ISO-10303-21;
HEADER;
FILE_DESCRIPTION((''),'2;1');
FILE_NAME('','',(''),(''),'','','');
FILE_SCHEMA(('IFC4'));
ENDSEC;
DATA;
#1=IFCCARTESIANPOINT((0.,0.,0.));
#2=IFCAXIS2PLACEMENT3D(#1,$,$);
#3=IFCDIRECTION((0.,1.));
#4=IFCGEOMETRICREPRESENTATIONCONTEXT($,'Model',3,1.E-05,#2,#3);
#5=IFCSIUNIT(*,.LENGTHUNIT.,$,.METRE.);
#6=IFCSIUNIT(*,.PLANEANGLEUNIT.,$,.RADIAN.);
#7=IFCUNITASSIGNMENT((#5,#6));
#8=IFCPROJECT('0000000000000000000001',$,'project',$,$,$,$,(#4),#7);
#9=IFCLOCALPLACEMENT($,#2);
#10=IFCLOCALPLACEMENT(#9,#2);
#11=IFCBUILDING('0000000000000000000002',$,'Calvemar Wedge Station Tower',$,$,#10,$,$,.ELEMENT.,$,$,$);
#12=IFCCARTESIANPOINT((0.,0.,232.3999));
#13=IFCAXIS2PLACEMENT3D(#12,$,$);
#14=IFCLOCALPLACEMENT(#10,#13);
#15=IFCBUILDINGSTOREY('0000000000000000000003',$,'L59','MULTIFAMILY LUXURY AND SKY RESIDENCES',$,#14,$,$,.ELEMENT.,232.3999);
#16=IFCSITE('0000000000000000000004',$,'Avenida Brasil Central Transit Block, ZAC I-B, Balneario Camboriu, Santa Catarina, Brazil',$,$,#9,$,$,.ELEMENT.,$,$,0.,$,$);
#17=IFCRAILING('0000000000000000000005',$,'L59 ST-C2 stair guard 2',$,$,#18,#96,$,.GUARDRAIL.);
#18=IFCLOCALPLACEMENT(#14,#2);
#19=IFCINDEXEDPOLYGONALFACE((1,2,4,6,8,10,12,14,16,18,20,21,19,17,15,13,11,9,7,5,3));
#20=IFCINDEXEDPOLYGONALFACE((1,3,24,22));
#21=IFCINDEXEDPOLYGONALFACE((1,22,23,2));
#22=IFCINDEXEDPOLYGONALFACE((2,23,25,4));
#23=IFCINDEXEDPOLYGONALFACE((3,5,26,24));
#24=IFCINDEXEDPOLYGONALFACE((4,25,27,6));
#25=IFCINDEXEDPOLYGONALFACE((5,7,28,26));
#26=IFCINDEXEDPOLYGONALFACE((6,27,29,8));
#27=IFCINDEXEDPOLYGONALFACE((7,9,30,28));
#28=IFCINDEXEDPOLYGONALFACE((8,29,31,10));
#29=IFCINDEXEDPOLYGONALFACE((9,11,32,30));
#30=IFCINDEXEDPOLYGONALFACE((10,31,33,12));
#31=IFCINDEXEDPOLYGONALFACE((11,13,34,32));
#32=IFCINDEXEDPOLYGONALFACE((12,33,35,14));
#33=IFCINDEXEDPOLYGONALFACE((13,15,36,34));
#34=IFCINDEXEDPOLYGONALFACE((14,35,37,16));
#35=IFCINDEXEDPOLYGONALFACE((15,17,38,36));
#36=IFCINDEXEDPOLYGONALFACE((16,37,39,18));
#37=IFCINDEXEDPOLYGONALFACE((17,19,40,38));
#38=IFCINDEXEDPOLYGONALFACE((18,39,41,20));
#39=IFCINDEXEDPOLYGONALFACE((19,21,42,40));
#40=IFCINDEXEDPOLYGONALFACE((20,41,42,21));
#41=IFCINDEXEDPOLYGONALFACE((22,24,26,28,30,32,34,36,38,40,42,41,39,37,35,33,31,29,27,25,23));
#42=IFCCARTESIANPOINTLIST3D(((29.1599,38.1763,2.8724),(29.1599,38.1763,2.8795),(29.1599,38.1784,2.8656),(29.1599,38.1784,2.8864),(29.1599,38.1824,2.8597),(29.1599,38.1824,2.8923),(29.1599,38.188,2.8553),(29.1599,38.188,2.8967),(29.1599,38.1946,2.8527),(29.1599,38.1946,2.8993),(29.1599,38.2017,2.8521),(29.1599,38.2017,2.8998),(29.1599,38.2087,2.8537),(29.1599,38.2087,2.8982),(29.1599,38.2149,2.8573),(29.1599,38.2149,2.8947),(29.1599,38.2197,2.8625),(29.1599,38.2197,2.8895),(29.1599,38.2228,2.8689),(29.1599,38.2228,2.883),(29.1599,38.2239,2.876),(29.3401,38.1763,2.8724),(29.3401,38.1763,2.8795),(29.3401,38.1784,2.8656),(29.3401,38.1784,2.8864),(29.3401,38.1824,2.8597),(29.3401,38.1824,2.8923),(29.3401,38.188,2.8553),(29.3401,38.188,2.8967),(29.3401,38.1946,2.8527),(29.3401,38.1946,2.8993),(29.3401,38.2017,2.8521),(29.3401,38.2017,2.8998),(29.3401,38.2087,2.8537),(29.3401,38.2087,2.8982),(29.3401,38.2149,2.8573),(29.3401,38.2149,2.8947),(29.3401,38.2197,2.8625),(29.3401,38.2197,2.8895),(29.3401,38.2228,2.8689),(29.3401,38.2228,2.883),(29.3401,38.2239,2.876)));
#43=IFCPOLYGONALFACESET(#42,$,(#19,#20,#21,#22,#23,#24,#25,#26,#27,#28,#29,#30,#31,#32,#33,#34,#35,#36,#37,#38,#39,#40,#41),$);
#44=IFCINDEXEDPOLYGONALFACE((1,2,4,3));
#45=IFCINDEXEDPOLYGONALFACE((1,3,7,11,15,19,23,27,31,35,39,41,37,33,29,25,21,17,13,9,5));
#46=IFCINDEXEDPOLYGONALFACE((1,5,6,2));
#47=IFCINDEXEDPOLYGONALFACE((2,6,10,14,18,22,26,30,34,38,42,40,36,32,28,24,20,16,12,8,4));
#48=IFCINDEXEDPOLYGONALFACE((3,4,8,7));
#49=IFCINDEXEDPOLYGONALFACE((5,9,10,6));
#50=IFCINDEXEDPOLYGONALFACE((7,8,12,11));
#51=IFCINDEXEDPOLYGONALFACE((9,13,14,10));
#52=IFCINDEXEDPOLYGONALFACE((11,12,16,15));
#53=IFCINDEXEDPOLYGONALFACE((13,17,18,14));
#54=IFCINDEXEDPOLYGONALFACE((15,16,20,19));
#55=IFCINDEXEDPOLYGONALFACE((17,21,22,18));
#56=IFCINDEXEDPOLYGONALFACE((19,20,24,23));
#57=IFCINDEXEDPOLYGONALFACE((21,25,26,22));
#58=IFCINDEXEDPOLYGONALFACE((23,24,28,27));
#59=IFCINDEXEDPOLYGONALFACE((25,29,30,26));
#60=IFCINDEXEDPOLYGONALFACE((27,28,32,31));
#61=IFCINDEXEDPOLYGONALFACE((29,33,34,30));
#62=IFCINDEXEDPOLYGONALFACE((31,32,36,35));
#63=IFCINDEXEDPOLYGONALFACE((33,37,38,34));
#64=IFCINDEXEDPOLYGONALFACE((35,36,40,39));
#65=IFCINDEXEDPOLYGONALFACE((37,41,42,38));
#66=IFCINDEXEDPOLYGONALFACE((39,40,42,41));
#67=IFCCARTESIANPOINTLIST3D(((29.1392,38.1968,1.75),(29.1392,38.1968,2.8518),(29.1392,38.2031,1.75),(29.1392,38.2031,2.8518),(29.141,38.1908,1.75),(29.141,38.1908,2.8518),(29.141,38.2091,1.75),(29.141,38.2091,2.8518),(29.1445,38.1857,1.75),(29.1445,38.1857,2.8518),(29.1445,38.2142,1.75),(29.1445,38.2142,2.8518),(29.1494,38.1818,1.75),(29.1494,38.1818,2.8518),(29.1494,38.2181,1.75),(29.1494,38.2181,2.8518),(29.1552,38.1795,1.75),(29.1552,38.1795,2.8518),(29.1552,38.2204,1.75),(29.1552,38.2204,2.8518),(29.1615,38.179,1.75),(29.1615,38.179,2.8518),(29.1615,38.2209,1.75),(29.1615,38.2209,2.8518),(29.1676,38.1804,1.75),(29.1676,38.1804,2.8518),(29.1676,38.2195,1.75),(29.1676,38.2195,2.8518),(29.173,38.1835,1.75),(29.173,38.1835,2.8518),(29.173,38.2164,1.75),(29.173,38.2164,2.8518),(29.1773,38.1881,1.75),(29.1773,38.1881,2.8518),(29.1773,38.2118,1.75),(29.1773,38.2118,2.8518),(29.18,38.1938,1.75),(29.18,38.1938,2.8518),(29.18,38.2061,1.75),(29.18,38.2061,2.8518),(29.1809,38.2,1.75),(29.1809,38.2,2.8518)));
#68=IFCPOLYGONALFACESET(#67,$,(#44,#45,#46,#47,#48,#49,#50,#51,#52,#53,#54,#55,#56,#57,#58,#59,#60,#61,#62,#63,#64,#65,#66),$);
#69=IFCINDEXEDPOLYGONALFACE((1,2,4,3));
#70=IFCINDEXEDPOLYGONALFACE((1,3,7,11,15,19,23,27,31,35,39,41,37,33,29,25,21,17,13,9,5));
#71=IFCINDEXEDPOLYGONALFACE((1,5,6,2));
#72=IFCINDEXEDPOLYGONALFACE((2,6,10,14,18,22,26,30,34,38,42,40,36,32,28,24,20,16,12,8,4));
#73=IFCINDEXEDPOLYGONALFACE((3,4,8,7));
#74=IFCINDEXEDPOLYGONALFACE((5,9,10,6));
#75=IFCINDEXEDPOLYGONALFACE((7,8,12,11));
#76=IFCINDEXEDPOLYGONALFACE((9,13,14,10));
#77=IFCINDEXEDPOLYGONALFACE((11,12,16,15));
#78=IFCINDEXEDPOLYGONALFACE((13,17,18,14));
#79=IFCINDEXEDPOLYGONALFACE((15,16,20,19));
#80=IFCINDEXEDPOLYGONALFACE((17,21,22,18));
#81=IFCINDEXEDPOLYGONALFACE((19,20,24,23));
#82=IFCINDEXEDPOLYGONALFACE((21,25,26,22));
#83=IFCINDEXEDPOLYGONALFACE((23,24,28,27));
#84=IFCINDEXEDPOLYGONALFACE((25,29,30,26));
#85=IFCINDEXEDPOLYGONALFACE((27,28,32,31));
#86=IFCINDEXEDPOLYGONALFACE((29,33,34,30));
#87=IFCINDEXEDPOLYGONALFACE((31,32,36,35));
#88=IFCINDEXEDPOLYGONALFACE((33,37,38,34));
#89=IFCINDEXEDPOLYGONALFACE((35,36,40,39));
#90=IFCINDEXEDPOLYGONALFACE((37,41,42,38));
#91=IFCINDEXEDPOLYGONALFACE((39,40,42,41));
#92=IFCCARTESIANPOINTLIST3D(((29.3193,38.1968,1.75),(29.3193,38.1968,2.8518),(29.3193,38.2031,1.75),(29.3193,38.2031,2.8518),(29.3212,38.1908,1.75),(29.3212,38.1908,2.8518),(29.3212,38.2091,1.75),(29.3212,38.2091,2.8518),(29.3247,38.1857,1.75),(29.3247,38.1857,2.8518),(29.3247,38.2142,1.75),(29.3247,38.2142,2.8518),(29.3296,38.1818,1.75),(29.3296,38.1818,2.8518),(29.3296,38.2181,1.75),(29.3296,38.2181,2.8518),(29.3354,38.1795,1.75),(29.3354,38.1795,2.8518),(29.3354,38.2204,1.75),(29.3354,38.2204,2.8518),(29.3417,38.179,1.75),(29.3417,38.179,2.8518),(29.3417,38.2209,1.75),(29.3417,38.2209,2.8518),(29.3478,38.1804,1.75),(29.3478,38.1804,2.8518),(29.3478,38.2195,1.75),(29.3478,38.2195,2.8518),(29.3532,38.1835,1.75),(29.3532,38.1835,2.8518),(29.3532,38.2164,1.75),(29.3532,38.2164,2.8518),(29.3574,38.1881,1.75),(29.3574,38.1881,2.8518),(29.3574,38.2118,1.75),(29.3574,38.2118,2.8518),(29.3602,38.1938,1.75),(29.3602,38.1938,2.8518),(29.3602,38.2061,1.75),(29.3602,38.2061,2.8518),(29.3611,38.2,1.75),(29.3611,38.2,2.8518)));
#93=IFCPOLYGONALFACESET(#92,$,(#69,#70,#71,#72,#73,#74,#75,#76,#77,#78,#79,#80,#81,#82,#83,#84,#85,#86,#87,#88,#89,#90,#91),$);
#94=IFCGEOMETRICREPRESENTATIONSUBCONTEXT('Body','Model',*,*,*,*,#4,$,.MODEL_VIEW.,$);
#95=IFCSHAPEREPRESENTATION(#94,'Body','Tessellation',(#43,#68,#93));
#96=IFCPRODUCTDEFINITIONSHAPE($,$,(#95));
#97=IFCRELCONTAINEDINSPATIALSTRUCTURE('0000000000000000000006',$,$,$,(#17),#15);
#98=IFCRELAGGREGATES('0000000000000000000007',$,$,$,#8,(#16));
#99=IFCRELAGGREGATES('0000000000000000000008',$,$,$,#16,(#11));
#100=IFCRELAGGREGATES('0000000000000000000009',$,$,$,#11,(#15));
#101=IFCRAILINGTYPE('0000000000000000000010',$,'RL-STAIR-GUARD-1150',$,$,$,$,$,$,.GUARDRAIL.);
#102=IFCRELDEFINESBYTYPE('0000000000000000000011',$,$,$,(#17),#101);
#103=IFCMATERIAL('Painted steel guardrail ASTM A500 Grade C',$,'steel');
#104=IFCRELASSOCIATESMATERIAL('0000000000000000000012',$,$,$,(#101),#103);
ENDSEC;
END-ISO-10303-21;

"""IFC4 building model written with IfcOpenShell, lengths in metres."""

from ifc_helpers import new_model, si_unit, direction, frame, origin, origin_2d, place, context, subcontext, project, spatial, circle, extrude, material, type_object, element, save


model = new_model("IFC4")

# Units and contexts
model_context = context("Model", 3, precision=1e-05, world=origin(), true_north=direction((0.0, 1.0)))
body_context = subcontext(model_context, "Body", "Model", "MODEL_VIEW")
ifc_project = project(units=[si_unit("LENGTHUNIT", "METRE"), si_unit("PLANEANGLEUNIT", "RADIAN")], contexts=[model_context])

# Site, building, storey
site_placement = place(None, origin())
site = spatial("IfcSite", under=ifc_project, at=site_placement, Name="Avenida Brasil Central Transit Block, ZAC I-B, Balneario Camboriu, Santa Catarina, Brazil", CompositionType="ELEMENT", RefElevation=0.0)
building_placement = place(site_placement, origin())
building = spatial("IfcBuilding", under=site, at=building_placement, Name="Calvemar Wedge Station Tower", CompositionType="ELEMENT")
storey_placement = place(building_placement, frame((0.0, 0.0, 232.3999)))
storey = spatial("IfcBuildingStorey", under=building, at=storey_placement, Name="L59", Description="MULTIFAMILY LUXURY AND SKY RESIDENCES", CompositionType="ELEMENT", Elevation=232.3999)

# Railing
ifc_material_1 = material(Name="Painted steel guardrail ASTM A500 Grade C", Category="steel")
railing_type_1 = type_object("IfcRailingType", Name="RL-STAIR-GUARD-1150", PredefinedType="GUARDRAIL", material=ifc_material_1)
railing_1_placement = place(storey_placement, frame((29.1599, 38.2, 1.75)))
element("IfcRailing", 1, at=railing_1_placement, inside=storey, type_object=railing_type_1, Name="L59 ST-C2 stair guard 2", PredefinedType="GUARDRAIL", context=body_context, shape_type="SweptSolid", body=[
    extrude(circle(Radius=0.0239, at=origin_2d()), frame((0.0, 0.0, 1.126), z_axis=(1.0, 0.0, 0.0), x_axis=(0.0, 1.0, 0.0)), (0.0, 0.0, 1.0), 0.1802),
    extrude(circle(Radius=0.021, at=origin_2d()), origin(), (0.0, 0.0, 1.0), 1.1018),
    extrude(circle(Radius=0.021, at=origin_2d()), frame((0.1802, 0.0, 0.0)), (0.0, 0.0, 1.0), 1.1018),
])

save(model, "model.ifc")
